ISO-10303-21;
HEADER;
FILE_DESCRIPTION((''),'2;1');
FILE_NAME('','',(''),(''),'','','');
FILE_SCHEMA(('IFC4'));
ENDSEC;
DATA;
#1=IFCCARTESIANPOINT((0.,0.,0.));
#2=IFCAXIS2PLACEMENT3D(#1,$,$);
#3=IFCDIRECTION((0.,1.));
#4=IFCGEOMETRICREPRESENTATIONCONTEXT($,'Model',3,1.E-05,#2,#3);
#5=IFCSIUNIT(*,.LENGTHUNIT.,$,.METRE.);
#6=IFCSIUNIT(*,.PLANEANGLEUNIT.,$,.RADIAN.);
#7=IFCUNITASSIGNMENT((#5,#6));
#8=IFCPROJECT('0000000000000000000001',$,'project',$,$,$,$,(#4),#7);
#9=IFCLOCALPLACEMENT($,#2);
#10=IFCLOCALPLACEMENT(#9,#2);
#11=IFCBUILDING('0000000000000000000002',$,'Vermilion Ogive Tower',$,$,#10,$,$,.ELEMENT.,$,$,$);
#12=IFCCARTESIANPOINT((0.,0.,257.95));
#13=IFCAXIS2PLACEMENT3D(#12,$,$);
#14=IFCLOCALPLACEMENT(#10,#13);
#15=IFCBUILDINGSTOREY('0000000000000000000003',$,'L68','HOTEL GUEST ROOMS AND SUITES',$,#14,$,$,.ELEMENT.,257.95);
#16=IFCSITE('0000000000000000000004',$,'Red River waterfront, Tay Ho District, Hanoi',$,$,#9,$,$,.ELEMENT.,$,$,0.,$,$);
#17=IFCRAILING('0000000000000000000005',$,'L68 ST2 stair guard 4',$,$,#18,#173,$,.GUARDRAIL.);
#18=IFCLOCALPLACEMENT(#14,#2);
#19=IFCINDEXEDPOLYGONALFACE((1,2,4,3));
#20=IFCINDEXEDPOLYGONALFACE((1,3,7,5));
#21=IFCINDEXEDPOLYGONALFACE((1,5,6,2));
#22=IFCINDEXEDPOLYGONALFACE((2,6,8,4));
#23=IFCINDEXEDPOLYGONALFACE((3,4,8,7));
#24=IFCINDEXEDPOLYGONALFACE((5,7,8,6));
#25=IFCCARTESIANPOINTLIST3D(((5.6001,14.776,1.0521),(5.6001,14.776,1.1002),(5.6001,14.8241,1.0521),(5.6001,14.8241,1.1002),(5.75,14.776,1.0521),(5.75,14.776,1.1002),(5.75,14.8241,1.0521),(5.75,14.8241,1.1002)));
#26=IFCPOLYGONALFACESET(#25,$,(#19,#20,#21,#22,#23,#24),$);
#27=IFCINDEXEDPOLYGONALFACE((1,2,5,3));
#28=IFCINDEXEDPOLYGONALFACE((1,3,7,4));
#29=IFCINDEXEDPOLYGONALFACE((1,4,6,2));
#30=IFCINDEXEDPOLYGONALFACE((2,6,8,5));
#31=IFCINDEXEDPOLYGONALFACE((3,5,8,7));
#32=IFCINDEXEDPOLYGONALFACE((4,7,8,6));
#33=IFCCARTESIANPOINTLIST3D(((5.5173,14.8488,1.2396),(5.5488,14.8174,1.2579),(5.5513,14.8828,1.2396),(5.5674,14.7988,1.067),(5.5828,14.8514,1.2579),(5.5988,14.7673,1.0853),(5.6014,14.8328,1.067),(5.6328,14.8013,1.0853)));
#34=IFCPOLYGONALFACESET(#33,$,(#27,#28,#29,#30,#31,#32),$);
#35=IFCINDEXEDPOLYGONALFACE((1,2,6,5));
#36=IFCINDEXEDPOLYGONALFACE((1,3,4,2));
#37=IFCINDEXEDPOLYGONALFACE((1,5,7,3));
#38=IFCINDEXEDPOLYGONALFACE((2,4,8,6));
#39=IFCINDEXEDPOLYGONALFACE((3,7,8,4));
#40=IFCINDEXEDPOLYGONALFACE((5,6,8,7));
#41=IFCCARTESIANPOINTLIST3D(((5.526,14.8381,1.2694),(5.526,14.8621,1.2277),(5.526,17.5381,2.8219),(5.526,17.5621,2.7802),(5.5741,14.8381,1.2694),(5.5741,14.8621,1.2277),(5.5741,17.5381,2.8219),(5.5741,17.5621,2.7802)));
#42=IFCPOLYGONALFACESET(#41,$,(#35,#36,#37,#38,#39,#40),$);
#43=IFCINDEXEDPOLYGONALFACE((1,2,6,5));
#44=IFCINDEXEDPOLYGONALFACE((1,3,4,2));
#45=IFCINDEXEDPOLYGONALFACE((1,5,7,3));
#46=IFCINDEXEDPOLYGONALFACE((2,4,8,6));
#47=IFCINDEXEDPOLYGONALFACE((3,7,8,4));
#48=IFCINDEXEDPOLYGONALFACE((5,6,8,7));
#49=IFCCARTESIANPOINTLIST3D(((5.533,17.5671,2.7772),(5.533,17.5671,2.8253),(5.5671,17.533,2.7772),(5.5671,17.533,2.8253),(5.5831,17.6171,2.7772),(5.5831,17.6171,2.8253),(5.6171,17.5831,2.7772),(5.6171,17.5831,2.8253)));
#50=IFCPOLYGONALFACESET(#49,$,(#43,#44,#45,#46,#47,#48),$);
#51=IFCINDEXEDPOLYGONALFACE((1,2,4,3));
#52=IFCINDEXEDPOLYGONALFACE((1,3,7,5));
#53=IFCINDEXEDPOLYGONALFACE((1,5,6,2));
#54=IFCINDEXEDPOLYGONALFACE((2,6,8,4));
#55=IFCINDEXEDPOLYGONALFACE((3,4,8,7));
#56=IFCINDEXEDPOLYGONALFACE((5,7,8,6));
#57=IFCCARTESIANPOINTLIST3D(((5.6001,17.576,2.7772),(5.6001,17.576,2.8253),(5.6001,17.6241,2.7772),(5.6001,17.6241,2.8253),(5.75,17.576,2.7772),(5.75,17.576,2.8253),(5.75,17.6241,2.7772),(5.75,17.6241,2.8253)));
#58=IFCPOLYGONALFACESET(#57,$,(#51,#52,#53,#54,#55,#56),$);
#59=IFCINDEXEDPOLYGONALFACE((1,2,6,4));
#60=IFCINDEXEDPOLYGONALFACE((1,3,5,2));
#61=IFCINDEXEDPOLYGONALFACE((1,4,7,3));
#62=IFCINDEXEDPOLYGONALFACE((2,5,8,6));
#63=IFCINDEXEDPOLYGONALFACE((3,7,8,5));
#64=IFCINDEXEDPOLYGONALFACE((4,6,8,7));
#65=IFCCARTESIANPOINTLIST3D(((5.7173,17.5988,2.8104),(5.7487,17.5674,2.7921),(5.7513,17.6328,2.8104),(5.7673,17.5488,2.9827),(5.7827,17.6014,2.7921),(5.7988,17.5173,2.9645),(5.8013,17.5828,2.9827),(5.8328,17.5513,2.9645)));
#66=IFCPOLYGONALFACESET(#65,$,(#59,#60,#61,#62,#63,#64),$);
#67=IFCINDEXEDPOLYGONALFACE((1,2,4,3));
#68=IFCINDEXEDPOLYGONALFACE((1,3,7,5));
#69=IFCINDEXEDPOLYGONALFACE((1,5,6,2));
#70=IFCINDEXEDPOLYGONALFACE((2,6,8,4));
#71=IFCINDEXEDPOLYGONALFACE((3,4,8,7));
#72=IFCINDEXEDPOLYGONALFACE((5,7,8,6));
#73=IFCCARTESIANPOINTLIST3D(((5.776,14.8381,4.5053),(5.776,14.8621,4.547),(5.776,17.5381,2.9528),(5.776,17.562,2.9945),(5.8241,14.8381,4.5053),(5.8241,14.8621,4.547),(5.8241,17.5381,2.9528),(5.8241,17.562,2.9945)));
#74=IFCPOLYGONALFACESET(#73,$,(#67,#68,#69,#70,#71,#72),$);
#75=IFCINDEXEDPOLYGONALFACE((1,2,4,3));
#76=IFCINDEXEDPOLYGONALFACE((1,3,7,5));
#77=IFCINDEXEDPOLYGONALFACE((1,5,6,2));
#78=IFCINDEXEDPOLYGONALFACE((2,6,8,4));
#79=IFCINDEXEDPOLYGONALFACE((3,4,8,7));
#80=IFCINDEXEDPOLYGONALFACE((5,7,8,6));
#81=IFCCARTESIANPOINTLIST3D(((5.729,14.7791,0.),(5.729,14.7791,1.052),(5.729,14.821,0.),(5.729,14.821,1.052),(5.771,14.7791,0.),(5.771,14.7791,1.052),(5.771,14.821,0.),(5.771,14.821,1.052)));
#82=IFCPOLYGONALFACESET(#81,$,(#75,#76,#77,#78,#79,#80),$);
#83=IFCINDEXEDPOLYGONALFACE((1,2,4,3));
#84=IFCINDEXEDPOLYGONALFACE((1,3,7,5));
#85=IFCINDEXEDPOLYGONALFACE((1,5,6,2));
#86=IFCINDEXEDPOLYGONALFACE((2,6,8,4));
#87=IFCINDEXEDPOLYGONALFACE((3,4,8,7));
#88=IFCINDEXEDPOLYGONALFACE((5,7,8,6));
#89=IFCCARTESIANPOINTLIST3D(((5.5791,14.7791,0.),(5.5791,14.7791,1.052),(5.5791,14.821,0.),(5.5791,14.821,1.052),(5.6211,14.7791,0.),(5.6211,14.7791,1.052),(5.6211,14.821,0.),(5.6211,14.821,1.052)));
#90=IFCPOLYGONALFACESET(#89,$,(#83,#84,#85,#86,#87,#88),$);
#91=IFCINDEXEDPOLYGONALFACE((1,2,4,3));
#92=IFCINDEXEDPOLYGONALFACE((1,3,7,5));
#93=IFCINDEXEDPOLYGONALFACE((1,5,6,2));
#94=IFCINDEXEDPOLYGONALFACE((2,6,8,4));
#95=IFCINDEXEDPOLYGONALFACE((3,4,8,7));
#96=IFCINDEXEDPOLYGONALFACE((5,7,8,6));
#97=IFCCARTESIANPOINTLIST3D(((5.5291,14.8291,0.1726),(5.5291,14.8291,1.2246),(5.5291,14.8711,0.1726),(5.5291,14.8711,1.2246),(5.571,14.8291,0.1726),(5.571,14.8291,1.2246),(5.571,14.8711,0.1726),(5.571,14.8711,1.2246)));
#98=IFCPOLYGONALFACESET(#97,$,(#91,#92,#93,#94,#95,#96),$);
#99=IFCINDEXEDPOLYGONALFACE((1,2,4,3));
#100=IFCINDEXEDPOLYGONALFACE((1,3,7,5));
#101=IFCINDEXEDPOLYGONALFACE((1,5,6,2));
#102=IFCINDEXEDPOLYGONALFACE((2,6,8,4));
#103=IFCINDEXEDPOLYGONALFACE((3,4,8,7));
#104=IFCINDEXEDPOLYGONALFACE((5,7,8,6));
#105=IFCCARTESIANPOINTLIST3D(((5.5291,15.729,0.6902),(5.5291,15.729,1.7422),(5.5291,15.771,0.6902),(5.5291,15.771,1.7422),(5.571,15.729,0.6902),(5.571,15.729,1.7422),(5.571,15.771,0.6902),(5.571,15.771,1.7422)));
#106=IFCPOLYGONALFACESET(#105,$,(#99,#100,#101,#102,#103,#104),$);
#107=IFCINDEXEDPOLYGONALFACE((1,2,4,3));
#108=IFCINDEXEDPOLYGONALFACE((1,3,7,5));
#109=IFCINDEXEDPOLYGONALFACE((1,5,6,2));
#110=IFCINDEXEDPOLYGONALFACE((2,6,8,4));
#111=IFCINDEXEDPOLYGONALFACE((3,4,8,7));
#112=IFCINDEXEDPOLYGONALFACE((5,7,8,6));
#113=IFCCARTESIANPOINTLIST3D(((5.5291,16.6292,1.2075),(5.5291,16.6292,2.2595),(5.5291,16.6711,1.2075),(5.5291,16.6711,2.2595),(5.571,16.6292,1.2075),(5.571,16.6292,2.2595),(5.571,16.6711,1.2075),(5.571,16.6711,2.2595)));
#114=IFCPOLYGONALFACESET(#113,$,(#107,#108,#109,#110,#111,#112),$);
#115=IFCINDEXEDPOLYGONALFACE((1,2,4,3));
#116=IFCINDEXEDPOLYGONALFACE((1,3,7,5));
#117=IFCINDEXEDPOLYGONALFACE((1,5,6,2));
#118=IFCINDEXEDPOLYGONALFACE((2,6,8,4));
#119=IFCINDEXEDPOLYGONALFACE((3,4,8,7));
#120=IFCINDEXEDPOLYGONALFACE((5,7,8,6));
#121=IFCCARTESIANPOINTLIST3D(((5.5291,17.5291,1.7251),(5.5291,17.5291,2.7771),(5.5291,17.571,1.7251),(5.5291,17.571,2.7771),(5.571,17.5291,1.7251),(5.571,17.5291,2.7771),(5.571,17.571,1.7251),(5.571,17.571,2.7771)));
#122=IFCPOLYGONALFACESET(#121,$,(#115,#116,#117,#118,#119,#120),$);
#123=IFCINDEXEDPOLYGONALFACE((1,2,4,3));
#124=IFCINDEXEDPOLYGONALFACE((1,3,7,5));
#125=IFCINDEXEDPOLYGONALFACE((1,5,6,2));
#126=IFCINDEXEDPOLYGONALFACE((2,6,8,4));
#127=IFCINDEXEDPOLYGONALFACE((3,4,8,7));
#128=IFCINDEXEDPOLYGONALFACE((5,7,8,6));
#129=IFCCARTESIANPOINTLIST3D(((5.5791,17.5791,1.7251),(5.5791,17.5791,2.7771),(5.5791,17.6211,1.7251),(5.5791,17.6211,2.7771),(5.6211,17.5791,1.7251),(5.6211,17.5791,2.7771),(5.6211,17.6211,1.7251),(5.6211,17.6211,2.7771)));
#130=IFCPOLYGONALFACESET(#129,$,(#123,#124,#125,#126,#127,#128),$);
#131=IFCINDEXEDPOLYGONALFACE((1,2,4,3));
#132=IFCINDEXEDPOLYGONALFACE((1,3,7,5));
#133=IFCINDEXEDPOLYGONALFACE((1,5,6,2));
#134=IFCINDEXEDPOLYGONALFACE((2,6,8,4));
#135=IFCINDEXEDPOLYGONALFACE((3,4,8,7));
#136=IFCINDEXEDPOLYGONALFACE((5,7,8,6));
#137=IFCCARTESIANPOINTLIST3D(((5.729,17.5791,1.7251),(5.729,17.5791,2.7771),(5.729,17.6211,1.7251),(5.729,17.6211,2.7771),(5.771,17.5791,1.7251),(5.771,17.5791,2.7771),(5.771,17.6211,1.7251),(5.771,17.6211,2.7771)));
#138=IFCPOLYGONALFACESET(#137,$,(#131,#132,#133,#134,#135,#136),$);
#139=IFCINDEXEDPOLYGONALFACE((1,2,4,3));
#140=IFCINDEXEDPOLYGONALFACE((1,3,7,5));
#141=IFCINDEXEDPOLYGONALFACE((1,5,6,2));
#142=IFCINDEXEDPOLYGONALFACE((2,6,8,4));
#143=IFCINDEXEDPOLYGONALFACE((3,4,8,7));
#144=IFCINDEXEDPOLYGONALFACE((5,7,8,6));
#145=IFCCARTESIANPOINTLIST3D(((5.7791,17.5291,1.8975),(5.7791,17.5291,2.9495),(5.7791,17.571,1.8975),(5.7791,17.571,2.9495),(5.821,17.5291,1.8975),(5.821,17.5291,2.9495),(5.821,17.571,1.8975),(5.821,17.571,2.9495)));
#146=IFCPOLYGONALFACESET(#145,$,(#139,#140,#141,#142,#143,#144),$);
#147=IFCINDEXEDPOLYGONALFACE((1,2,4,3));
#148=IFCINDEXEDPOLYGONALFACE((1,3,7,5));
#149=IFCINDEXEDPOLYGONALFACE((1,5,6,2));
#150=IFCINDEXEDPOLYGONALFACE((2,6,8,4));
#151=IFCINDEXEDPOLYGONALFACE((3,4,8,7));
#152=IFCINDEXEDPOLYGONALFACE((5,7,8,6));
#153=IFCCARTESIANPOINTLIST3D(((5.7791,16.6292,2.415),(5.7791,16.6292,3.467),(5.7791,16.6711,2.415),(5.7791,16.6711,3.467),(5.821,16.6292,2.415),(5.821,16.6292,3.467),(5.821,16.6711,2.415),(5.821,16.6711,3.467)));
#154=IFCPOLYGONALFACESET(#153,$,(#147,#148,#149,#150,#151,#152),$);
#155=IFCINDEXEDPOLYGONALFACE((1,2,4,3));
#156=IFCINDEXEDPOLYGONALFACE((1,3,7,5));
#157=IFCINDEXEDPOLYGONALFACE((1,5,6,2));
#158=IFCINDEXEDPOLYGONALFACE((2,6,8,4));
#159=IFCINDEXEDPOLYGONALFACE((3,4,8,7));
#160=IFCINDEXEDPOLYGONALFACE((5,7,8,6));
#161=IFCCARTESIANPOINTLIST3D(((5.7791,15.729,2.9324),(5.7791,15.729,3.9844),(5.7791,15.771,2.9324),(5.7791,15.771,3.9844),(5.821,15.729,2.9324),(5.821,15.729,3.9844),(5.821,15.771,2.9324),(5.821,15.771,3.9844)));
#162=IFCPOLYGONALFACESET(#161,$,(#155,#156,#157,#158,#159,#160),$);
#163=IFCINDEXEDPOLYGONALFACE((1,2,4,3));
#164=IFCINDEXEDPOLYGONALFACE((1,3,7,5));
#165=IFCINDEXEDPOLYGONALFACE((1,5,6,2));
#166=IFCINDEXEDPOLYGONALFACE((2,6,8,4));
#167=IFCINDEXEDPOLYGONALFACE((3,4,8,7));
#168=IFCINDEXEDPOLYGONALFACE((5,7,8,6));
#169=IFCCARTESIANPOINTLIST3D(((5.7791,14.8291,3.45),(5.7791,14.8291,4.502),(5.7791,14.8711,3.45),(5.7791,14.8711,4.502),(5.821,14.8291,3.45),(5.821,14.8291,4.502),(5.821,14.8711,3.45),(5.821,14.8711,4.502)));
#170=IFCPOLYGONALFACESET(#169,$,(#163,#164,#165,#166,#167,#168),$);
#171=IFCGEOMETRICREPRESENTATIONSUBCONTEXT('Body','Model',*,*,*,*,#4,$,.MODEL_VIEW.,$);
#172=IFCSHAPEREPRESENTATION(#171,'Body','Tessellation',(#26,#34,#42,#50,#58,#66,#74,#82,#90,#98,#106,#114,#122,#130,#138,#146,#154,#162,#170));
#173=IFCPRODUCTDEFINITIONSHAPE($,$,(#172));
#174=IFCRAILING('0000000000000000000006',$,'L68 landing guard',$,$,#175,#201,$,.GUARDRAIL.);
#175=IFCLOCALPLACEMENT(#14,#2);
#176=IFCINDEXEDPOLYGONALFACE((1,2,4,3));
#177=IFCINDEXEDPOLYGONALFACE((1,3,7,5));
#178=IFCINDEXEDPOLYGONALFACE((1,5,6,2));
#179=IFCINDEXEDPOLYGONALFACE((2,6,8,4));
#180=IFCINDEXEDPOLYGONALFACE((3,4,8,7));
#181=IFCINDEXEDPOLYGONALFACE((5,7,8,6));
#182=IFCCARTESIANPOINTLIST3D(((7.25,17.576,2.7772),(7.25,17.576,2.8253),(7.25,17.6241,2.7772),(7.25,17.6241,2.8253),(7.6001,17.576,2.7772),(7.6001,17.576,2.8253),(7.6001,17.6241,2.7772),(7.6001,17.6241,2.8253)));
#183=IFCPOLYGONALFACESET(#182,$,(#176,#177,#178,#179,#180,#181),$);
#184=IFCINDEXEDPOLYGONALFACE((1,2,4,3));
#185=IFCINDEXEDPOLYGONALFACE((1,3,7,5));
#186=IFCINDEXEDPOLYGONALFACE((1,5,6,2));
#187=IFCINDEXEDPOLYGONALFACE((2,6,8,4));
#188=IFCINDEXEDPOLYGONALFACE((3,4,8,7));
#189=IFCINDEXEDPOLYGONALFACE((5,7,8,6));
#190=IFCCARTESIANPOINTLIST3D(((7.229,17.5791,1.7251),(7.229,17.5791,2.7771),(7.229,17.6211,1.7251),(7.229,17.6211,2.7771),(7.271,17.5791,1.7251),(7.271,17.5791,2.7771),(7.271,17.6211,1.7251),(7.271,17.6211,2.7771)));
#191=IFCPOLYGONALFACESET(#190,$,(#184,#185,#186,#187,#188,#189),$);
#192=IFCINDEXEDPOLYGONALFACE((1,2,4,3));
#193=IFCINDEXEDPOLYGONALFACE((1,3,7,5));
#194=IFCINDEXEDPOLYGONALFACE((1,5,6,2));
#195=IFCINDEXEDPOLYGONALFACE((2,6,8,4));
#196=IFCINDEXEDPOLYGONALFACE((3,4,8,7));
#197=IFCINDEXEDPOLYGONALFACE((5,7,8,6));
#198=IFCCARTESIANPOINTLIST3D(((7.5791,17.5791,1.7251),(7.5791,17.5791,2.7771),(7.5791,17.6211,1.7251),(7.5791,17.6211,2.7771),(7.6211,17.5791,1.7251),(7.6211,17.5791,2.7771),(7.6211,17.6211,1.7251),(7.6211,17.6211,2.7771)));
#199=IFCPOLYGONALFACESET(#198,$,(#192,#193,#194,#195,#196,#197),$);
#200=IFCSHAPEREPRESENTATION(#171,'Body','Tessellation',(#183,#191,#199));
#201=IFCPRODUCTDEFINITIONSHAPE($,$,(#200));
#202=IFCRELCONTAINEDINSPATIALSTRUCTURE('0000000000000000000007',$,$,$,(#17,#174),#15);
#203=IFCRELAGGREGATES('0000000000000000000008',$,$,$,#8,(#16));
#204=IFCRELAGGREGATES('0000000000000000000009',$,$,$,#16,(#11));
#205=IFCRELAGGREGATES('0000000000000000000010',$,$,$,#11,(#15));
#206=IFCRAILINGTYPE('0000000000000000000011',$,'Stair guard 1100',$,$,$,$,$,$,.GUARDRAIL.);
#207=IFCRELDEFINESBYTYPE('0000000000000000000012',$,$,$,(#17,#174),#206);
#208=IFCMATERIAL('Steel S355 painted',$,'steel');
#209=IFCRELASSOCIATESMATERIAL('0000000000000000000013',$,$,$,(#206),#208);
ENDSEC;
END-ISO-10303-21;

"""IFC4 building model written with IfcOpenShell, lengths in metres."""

from ifc_helpers import new_model, si_unit, direction, frame, origin, origin_2d, place, context, subcontext, project, spatial, rectangle, extrude, material, type_object, element, save


model = new_model("IFC4")

# Units and contexts
model_context = context("Model", 3, precision=1e-05, world=origin(), true_north=direction((0.0, 1.0)))
body_context = subcontext(model_context, "Body", "Model", "MODEL_VIEW")
ifc_project = project(units=[si_unit("LENGTHUNIT", "METRE"), si_unit("PLANEANGLEUNIT", "RADIAN")], contexts=[model_context])

# Site, building, storey
site_placement = place(None, origin())
site = spatial("IfcSite", under=ifc_project, at=site_placement, Name="Red River waterfront, Tay Ho District, Hanoi", CompositionType="ELEMENT", RefElevation=0.0)
building_placement = place(site_placement, origin())
building = spatial("IfcBuilding", under=site, at=building_placement, Name="Vermilion Ogive Tower", CompositionType="ELEMENT")
storey_placement = place(building_placement, frame((0.0, 0.0, 257.95)))
storey = spatial("IfcBuildingStorey", under=building, at=storey_placement, Name="L68", Description="HOTEL GUEST ROOMS AND SUITES", CompositionType="ELEMENT", Elevation=257.95)

# Railings
ifc_material_1 = material(Name="Steel S355 painted", Category="steel")
railing_type_1 = type_object("IfcRailingType", Name="Stair guard 1100", PredefinedType="GUARDRAIL", material=ifc_material_1)
railing_1_placement = place(storey_placement, frame((5.75, 14.8, 0.0)))
element("IfcRailing", 1, at=railing_1_placement, inside=storey, type_object=railing_type_1, Name="L68 ST2 stair guard 4", PredefinedType="GUARDRAIL", context=body_context, shape_type="SweptSolid", body=[
    extrude(rectangle(XDim=0.0481, YDim=0.0481, at=origin_2d()), frame((0.0, 0.0, 1.0762), z_axis=(-1.0, 0.0, 0.0), x_axis=(0.0, -1.0, 0.0)), (0.0, 0.0, 1.0), 0.1499),
    extrude(rectangle(XDim=0.0481, YDim=0.0481, at=origin_2d()), frame((-0.1499, 0.0, 1.0762), z_axis=(-0.268278, 0.268278, 0.925232), x_axis=(-0.707107, -0.707107, 0.0)), (0.0, 0.0, 1.0), 0.1865),
    extrude(rectangle(XDim=0.0481, YDim=0.0481, at=origin_2d()), frame((-0.2, 0.05, 1.2485), z_axis=(0.0, 0.866904, 0.498476), x_axis=(-1.0, 0.0, 0.0)), (0.0, 0.0, 1.0), 3.1145),
    extrude(rectangle(XDim=0.0481, YDim=0.0481, at=origin_2d()), frame((-0.2, 2.75, 2.8013), z_axis=(0.707107, 0.707107, 0.0), x_axis=(-0.707107, 0.707107, 0.0)), (0.0, 0.0, 1.0), 0.0708),
    extrude(rectangle(XDim=0.0481, YDim=0.0481, at=origin_2d()), frame((-0.1499, 2.8, 2.8013), z_axis=(1.0, 0.0, 0.0), x_axis=(0.0, 1.0, 0.0)), (0.0, 0.0, 1.0), 0.1499),
    extrude(rectangle(XDim=0.0481, YDim=0.0481, at=origin_2d()), frame((0.0, 2.8, 2.8013), z_axis=(0.268603, -0.268603, 0.925043), x_axis=(0.707107, 0.707107, 0.0)), (0.0, 0.0, 1.0), 0.1863),
    extrude(rectangle(XDim=0.0481, YDim=0.0481, at=origin_2d()), frame((0.05, 2.75, 2.9736), z_axis=(0.0, -0.866904, 0.498476), x_axis=(1.0, 0.0, 0.0)), (0.0, 0.0, 1.0), 3.1145),
    extrude(rectangle(XDim=0.042, YDim=0.042, at=origin_2d()), origin(), (0.0, 0.0, 1.0), 1.052),
    extrude(rectangle(XDim=0.042, YDim=0.042, at=origin_2d()), frame((-0.1499, 0.0, 0.0)), (0.0, 0.0, 1.0), 1.052),
    extrude(rectangle(XDim=0.042, YDim=0.042, at=origin_2d()), frame((-0.2, 0.05, 0.1726)), (0.0, 0.0, 1.0), 1.052),
    extrude(rectangle(XDim=0.042, YDim=0.042, at=origin_2d()), frame((-0.2, 0.95, 0.6902)), (0.0, 0.0, 1.0), 1.052),
    extrude(rectangle(XDim=0.042, YDim=0.042, at=origin_2d()), frame((-0.2, 1.8501, 1.2075)), (0.0, 0.0, 1.0), 1.052),
    extrude(rectangle(XDim=0.042, YDim=0.042, at=origin_2d()), frame((-0.2, 2.75, 1.7251)), (0.0, 0.0, 1.0), 1.052),
    extrude(rectangle(XDim=0.042, YDim=0.042, at=origin_2d()), frame((-0.1499, 2.8, 1.7251)), (0.0, 0.0, 1.0), 1.052),
    extrude(rectangle(XDim=0.042, YDim=0.042, at=origin_2d()), frame((0.0, 2.8, 1.7251)), (0.0, 0.0, 1.0), 1.052),
    extrude(rectangle(XDim=0.042, YDim=0.042, at=origin_2d()), frame((0.05, 2.75, 1.8975)), (0.0, 0.0, 1.0), 1.052),
    extrude(rectangle(XDim=0.042, YDim=0.042, at=origin_2d()), frame((0.05, 1.8501, 2.415)), (0.0, 0.0, 1.0), 1.052),
    extrude(rectangle(XDim=0.042, YDim=0.042, at=origin_2d()), frame((0.05, 0.95, 2.9324)), (0.0, 0.0, 1.0), 1.052),
    extrude(rectangle(XDim=0.042, YDim=0.042, at=origin_2d()), frame((0.05, 0.05, 3.45)), (0.0, 0.0, 1.0), 1.052),
])
railing_2_placement = place(storey_placement, frame((7.25, 17.6001, 1.7251)))
element("IfcRailing", 2, at=railing_2_placement, inside=storey, type_object=railing_type_1, Name="L68 landing guard", PredefinedType="GUARDRAIL", context=body_context, shape_type="SweptSolid", body=[
    extrude(rectangle(XDim=0.0481, YDim=0.0481, at=origin_2d()), frame((0.0, 0.0, 1.0762), z_axis=(1.0, 0.0, 0.0), x_axis=(0.0, 1.0, 0.0)), (0.0, 0.0, 1.0), 0.3501),
    extrude(rectangle(XDim=0.042, YDim=0.042, at=origin_2d()), origin(), (0.0, 0.0, 1.0), 1.052),
    extrude(rectangle(XDim=0.042, YDim=0.042, at=origin_2d()), frame((0.3501, 0.0, 0.0)), (0.0, 0.0, 1.0), 1.052),
])

save(model, "model.ifc")
